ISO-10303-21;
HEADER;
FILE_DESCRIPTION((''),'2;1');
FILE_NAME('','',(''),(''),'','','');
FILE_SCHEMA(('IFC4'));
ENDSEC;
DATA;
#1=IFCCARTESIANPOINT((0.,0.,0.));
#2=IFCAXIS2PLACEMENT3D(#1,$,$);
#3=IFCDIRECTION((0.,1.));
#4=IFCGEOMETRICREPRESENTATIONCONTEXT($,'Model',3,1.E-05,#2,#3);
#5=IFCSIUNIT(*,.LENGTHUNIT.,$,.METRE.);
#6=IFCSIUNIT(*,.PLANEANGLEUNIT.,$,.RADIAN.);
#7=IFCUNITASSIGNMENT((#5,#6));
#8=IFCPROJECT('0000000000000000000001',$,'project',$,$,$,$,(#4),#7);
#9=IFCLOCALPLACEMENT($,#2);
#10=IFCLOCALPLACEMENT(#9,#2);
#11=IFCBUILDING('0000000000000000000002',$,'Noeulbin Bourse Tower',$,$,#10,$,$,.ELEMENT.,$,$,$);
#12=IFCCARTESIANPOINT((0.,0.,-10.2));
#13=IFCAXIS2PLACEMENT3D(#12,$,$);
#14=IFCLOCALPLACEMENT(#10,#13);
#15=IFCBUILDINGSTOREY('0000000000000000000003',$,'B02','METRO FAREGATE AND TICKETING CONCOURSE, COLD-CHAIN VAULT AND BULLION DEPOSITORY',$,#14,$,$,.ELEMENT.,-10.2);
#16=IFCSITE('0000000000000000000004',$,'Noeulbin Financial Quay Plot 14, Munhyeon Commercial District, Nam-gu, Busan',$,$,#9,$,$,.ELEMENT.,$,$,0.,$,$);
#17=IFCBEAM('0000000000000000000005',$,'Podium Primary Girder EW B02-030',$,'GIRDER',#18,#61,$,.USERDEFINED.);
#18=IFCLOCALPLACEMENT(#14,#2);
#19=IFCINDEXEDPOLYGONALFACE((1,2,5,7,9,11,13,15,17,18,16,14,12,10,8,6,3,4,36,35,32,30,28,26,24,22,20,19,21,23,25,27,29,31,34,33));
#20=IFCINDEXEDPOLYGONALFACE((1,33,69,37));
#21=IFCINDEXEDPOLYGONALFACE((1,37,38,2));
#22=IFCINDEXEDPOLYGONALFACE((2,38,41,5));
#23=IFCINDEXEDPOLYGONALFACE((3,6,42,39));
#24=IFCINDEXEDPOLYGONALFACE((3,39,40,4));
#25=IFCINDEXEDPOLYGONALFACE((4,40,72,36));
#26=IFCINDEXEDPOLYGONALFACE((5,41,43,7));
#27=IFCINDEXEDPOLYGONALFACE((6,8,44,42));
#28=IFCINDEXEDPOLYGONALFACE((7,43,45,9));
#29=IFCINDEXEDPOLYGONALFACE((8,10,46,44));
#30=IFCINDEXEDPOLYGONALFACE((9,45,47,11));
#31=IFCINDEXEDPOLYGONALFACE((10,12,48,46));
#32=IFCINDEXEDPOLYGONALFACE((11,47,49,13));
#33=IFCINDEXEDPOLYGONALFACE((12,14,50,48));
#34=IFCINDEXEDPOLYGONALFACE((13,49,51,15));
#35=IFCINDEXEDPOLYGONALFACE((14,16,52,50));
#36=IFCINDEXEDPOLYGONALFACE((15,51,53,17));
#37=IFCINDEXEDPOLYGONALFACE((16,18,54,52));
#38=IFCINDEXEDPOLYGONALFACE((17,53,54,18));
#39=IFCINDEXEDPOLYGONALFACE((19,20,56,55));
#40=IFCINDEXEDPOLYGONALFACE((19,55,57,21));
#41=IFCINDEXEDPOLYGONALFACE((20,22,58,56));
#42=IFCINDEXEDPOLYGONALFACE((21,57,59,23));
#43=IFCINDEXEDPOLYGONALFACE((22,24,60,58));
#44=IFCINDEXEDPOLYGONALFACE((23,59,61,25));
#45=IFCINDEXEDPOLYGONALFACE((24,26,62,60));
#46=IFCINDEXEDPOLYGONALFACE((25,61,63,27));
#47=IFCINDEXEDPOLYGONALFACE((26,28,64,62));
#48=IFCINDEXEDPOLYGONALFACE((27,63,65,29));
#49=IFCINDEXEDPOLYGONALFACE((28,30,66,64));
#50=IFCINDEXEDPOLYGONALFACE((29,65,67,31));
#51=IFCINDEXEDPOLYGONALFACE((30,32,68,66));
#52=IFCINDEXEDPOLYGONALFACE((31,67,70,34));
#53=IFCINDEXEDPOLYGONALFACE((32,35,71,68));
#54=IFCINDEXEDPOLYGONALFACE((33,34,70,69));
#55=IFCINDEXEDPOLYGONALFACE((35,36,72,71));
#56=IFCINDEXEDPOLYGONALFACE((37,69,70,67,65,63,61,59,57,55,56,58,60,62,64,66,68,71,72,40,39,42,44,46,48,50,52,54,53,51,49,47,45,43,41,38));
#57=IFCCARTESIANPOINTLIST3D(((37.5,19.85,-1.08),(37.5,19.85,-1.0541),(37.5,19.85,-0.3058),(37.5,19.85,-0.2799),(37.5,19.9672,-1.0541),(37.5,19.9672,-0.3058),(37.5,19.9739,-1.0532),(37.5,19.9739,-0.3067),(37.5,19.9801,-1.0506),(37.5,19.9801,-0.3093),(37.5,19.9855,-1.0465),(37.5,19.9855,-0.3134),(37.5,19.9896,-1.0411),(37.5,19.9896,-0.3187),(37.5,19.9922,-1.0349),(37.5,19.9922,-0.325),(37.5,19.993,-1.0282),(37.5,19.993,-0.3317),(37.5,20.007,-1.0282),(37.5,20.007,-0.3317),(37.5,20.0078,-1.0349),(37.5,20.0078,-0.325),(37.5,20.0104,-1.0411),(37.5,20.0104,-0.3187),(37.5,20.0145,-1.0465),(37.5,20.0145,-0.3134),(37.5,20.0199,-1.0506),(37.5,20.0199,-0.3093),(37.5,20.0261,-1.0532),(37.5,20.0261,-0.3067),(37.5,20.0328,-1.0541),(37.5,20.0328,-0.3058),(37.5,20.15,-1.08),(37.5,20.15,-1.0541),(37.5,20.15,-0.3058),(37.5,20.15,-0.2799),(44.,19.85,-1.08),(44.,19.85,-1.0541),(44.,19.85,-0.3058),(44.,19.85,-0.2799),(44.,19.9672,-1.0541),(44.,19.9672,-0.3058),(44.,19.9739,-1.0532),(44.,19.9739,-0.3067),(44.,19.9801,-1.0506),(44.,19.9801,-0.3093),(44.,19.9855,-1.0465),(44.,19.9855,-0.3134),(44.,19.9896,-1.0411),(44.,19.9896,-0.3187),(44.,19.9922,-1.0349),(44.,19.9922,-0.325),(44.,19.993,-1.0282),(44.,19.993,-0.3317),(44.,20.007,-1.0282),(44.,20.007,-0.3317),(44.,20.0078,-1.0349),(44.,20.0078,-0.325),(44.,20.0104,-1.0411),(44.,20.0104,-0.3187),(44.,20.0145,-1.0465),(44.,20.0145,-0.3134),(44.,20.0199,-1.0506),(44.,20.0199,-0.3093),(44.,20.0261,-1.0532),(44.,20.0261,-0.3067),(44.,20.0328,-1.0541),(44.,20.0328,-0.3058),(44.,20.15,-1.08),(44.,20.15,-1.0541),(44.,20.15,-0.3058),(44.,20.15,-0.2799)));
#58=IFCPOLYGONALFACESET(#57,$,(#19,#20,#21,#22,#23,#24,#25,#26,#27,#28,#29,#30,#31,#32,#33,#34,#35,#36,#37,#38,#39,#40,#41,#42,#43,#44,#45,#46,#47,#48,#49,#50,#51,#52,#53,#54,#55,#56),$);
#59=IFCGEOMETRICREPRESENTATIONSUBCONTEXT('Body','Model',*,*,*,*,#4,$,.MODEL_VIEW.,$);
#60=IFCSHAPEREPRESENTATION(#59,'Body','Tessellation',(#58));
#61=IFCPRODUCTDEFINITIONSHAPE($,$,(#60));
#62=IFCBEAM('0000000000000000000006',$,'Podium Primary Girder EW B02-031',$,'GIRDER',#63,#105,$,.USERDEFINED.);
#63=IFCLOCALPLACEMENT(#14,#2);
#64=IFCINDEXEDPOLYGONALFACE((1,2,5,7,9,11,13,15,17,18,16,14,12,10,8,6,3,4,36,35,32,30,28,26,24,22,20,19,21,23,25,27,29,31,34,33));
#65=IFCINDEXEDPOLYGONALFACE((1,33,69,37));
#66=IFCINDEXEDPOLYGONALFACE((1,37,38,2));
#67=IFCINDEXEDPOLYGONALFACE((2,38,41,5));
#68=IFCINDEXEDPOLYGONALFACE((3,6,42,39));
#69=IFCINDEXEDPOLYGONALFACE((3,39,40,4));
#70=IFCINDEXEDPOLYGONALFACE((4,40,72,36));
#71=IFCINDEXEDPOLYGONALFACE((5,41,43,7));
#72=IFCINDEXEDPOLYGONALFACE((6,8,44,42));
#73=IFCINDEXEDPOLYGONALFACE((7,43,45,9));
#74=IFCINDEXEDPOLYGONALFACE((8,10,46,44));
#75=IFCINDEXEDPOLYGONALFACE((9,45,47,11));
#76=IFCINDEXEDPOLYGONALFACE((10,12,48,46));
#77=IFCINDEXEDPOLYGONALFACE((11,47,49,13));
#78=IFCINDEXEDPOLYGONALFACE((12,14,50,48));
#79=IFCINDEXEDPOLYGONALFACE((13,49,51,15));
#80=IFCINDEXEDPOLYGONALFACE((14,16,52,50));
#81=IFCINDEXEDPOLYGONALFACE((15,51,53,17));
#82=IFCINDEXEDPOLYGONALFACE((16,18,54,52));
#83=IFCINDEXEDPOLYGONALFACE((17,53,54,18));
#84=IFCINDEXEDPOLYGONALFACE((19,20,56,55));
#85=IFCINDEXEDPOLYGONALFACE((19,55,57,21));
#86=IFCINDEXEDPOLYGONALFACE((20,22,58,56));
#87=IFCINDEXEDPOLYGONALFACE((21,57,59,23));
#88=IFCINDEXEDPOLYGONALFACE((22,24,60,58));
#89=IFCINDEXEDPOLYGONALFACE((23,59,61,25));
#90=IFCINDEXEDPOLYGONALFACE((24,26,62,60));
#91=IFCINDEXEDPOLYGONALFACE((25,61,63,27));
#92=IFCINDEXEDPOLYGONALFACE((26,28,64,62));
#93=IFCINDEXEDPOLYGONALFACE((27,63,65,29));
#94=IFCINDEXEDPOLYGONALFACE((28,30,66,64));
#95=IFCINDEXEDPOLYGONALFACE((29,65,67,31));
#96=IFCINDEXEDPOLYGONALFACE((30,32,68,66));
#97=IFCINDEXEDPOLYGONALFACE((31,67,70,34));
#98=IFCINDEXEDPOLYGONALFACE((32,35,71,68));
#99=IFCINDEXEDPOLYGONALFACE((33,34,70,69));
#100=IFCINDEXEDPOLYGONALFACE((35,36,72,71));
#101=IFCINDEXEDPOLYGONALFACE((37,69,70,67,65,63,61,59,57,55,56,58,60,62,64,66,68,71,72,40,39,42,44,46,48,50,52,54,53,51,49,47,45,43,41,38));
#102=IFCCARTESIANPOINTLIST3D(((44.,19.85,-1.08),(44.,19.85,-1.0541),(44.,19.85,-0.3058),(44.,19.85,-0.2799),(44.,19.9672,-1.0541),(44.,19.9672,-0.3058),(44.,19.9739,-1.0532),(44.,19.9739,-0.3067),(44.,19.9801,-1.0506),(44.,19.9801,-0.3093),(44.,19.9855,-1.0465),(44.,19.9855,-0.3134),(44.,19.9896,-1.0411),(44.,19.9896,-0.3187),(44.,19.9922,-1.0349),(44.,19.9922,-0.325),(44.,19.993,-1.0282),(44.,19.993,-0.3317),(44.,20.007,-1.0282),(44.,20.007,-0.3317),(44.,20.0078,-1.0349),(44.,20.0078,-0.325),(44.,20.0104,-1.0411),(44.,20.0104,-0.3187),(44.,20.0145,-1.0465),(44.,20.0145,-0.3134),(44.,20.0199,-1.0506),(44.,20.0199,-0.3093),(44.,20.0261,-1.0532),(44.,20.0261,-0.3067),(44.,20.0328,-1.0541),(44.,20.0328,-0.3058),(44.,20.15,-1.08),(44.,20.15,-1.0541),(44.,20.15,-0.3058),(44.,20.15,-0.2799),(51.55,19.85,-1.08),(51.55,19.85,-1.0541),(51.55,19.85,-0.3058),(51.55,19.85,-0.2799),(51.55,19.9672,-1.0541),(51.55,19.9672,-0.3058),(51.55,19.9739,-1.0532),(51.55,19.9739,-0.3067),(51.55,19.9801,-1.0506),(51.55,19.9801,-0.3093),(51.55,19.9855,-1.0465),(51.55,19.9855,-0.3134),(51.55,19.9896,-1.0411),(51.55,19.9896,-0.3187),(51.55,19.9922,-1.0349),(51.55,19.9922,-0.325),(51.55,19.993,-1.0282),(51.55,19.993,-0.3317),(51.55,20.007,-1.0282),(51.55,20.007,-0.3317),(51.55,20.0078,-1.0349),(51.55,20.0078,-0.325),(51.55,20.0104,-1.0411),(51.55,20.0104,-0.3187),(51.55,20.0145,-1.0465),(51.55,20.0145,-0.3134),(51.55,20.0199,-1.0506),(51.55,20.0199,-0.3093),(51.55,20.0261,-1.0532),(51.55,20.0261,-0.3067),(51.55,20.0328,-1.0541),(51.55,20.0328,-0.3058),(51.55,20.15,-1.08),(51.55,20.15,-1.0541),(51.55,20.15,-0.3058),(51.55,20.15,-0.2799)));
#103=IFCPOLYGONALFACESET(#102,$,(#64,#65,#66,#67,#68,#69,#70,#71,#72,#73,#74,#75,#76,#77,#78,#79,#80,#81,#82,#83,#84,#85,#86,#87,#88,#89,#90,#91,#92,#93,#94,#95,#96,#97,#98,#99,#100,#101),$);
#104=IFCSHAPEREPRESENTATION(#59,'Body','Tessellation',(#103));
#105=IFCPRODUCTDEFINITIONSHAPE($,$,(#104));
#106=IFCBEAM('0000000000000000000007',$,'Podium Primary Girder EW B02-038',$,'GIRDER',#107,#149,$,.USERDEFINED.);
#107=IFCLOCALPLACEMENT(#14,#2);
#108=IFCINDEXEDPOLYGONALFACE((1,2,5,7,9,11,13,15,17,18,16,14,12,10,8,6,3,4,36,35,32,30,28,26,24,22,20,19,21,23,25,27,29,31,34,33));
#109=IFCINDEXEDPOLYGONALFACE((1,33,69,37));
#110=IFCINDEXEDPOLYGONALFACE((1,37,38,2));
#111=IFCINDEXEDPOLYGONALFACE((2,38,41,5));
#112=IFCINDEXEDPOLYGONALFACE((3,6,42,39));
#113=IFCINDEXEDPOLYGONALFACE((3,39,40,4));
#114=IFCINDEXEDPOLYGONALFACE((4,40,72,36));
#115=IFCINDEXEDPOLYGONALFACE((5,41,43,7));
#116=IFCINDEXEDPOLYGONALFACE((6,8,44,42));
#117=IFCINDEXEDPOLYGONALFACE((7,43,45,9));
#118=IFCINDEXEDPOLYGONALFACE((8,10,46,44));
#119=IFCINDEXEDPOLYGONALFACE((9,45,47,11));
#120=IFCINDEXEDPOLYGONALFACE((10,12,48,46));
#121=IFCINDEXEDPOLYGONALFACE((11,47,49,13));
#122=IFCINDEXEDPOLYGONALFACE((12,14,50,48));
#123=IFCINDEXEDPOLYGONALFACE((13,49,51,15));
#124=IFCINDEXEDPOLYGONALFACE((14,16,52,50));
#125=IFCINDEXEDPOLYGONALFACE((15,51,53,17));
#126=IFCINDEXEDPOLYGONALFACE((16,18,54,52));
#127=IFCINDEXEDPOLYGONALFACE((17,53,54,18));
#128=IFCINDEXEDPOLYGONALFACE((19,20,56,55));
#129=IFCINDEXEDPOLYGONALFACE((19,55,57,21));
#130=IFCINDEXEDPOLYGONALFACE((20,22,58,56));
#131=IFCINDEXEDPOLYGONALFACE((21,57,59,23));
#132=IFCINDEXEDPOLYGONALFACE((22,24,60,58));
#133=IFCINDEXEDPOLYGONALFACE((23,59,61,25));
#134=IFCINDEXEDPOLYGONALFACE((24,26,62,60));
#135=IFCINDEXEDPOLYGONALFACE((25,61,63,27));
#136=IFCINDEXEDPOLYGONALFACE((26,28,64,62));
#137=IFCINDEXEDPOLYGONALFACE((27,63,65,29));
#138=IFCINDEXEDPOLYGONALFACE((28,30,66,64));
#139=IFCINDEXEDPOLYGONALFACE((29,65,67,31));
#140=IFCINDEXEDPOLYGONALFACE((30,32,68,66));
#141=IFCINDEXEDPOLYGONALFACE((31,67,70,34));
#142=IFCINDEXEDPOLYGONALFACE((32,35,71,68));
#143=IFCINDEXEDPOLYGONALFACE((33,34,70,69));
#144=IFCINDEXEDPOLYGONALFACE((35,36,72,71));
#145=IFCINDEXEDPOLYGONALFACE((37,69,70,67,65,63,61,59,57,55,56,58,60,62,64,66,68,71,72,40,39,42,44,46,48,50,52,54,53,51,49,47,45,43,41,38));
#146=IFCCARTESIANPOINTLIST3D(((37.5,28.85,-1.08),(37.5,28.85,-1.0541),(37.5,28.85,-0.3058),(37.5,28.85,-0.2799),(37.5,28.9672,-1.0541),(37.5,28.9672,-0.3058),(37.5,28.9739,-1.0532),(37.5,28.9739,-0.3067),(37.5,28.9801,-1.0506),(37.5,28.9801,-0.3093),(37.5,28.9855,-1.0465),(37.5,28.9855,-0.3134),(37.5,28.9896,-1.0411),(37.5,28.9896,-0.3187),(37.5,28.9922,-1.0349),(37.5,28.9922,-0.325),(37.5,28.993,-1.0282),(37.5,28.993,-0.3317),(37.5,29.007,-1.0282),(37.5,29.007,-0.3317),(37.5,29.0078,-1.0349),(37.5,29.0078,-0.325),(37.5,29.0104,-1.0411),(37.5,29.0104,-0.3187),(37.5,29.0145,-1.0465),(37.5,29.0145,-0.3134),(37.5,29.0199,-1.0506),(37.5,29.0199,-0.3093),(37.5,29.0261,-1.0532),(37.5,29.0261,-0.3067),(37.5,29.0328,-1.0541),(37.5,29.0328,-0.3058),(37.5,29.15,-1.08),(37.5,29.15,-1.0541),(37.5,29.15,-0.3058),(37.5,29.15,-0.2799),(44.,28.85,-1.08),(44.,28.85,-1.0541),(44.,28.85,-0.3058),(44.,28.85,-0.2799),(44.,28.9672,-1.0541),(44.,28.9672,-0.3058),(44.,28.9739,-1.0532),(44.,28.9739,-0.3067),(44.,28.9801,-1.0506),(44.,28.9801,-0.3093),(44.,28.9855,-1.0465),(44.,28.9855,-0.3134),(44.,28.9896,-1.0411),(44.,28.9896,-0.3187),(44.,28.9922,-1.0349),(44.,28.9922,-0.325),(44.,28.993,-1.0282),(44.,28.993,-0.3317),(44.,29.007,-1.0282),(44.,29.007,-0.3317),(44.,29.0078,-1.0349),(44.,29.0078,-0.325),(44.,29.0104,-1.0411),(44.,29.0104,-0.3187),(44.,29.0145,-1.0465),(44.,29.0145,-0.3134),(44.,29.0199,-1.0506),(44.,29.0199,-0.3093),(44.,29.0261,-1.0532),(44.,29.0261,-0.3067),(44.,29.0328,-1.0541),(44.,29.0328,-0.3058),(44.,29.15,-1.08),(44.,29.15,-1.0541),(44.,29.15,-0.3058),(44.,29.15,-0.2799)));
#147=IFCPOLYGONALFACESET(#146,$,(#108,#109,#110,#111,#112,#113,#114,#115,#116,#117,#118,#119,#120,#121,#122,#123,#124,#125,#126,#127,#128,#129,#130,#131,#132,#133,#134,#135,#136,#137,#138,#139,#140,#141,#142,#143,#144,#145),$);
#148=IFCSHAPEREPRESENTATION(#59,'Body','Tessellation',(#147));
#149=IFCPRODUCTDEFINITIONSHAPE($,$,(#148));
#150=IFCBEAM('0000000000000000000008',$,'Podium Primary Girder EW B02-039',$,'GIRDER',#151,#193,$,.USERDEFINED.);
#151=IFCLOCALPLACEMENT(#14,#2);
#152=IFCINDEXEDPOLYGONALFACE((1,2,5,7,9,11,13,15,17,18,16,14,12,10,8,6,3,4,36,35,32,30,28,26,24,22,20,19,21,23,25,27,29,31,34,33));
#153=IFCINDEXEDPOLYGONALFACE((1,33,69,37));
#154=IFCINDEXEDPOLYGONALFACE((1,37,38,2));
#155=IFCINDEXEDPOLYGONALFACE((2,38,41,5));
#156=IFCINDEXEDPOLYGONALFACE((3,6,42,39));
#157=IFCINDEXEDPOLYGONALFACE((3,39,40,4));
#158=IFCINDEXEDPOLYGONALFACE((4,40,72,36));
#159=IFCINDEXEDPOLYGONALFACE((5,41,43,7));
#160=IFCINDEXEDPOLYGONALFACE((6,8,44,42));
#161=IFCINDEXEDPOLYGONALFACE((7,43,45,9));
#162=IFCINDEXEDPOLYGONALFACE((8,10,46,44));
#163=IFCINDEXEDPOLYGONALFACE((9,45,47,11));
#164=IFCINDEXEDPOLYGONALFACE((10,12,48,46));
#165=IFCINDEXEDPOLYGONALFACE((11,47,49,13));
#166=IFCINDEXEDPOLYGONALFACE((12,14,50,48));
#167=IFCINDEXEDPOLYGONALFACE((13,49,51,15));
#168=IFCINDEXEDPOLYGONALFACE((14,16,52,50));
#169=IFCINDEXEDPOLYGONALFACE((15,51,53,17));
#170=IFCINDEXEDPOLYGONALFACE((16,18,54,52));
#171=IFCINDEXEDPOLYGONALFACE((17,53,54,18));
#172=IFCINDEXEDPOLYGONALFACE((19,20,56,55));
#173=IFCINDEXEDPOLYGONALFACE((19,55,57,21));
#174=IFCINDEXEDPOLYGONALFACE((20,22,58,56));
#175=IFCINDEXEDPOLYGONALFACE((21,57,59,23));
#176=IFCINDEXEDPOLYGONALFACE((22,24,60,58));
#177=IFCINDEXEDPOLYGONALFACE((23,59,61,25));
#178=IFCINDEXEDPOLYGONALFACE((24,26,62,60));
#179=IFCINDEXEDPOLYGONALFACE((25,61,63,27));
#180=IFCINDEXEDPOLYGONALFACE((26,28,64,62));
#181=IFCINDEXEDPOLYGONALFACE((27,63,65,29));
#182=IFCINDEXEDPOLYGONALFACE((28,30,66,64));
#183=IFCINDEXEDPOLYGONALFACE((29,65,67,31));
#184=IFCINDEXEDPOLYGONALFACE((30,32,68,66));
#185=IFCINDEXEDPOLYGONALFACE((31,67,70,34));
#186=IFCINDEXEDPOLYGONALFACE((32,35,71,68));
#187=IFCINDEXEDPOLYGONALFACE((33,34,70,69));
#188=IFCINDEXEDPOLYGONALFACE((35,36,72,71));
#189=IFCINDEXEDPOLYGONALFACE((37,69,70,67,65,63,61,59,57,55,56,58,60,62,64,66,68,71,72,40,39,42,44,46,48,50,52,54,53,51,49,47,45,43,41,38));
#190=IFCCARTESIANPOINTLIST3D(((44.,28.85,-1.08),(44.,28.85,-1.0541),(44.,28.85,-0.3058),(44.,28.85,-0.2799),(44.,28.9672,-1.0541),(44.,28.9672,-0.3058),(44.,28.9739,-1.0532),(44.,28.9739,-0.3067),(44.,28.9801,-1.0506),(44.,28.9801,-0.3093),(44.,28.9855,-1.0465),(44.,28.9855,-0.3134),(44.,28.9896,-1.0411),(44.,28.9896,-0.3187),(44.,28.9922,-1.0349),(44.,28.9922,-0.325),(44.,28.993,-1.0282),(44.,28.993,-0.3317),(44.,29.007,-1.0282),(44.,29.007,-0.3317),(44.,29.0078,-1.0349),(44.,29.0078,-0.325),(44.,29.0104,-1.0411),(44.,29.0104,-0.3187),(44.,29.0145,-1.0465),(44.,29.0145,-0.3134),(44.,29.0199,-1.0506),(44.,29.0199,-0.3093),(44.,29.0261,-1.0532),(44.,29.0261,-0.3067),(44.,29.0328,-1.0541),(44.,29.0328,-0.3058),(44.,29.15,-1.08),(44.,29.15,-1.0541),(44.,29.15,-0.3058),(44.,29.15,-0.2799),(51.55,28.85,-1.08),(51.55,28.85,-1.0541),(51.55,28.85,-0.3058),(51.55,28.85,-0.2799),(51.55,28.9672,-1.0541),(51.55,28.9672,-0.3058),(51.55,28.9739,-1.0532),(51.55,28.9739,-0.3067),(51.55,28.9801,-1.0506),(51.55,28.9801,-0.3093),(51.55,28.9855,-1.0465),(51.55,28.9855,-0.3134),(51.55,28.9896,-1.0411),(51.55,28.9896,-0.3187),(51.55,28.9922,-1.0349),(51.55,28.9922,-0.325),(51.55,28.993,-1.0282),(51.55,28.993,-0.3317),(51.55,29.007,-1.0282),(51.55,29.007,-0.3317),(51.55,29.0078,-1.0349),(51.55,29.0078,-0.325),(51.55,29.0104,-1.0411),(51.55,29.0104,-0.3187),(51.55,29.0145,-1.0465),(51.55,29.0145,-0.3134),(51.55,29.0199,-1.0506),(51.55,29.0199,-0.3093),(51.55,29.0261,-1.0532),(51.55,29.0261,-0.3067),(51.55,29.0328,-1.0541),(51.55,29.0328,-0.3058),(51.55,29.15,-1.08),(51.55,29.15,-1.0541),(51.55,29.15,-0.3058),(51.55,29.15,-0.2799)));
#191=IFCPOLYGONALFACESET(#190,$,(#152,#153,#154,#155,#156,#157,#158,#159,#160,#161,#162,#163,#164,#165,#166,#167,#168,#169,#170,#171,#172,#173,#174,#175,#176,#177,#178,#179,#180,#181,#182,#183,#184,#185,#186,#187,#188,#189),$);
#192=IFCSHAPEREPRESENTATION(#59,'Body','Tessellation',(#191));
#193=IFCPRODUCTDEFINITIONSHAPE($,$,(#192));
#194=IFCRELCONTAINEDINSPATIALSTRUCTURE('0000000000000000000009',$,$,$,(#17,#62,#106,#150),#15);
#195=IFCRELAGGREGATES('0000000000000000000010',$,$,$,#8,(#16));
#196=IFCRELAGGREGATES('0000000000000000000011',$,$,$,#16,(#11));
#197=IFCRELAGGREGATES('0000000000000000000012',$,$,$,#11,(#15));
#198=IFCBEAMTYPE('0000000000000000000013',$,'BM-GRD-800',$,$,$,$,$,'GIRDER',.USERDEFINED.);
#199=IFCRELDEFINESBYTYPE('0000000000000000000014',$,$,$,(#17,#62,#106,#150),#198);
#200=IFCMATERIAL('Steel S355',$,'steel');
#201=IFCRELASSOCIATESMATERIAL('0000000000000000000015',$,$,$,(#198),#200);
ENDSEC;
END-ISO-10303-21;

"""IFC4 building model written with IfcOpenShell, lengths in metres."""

from ifc_helpers import new_model, si_unit, direction, frame, origin, origin_2d, place, context, subcontext, project, spatial, i_section, extrude, material, material_profile, profile_set, type_object, element, save


model = new_model("IFC4")

# Units and contexts
model_context = context("Model", 3, precision=1e-05, world=origin(), true_north=direction((0.0, 1.0)))
body_context = subcontext(model_context, "Body", "Model", "MODEL_VIEW")
ifc_project = project(units=[si_unit("LENGTHUNIT", "METRE"), si_unit("PLANEANGLEUNIT", "RADIAN")], contexts=[model_context])

# Site, building, storey
site_placement = place(None, origin())
site = spatial("IfcSite", under=ifc_project, at=site_placement, Name="Noeulbin Financial Quay Plot 14, Munhyeon Commercial District, Nam-gu, Busan", CompositionType="ELEMENT", RefElevation=0.0)
building_placement = place(site_placement, origin())
building = spatial("IfcBuilding", under=site, at=building_placement, Name="Noeulbin Bourse Tower", CompositionType="ELEMENT")
storey_placement = place(building_placement, frame((0.0, 0.0, -10.2)))
storey = spatial("IfcBuildingStorey", under=building, at=storey_placement, Name="B02", Description="METRO FAREGATE AND TICKETING CONCOURSE, COLD-CHAIN VAULT AND BULLION DEPOSITORY", CompositionType="ELEMENT", Elevation=-10.2)

# Beams
ifc_material_1 = material(Name="Steel S355", Category="steel")
ifc_material_profile_1 = material_profile(ifc_material_1, i_section(OverallWidth=0.3, OverallDepth=0.8, WebThickness=0.0139, FlangeThickness=0.0259, FilletRadius=0.0259, at=origin_2d()), Name="H-800x300x14x26", Category="LoadBearing")
ifc_profile_set_1 = profile_set([ifc_material_profile_1], Name="Steel S355")
beam_type_1 = type_object("IfcBeamType", Name="BM-GRD-800", ElementType="GIRDER", PredefinedType="USERDEFINED", material=ifc_profile_set_1)
beam_1_placement = place(storey_placement, frame((37.5, 20.0, -0.6799), z_axis=(1.0, 0.0, 0.0), x_axis=(0.0, 1.0, 0.0)))
element("IfcBeam", 1, at=beam_1_placement, inside=storey, type_object=beam_type_1, Name="Podium Primary Girder EW B02-030", ObjectType="GIRDER", PredefinedType="USERDEFINED", context=body_context, shape_type="SweptSolid", body=[
    extrude(i_section(OverallWidth=0.3, OverallDepth=0.8, WebThickness=0.0139, FlangeThickness=0.0259, FilletRadius=0.0259, at=origin_2d()), origin(), (0.0, 0.0, 1.0), 6.5),
])
beam_2_placement = place(storey_placement, frame((44.0, 20.0, -0.6799), z_axis=(1.0, 0.0, 0.0), x_axis=(0.0, 1.0, 0.0)))
element("IfcBeam", 2, at=beam_2_placement, inside=storey, type_object=beam_type_1, Name="Podium Primary Girder EW B02-031", ObjectType="GIRDER", PredefinedType="USERDEFINED", context=body_context, shape_type="SweptSolid", body=[
    extrude(i_section(OverallWidth=0.3, OverallDepth=0.8, WebThickness=0.0139, FlangeThickness=0.0259, FilletRadius=0.0259, at=origin_2d()), origin(), (0.0, 0.0, 1.0), 7.55),
])
beam_3_placement = place(storey_placement, frame((37.5, 29.0, -0.6799), z_axis=(1.0, 0.0, 0.0), x_axis=(0.0, 1.0, 0.0)))
element("IfcBeam", 3, at=beam_3_placement, inside=storey, type_object=beam_type_1, Name="Podium Primary Girder EW B02-038", ObjectType="GIRDER", PredefinedType="USERDEFINED", context=body_context, shape_type="SweptSolid", body=[
    extrude(i_section(OverallWidth=0.3, OverallDepth=0.8, WebThickness=0.0139, FlangeThickness=0.0259, FilletRadius=0.0259, at=origin_2d()), origin(), (0.0, 0.0, 1.0), 6.5),
])
beam_4_placement = place(storey_placement, frame((44.0, 29.0, -0.6799), z_axis=(1.0, 0.0, 0.0), x_axis=(0.0, 1.0, 0.0)))
element("IfcBeam", 4, at=beam_4_placement, inside=storey, type_object=beam_type_1, Name="Podium Primary Girder EW B02-039", ObjectType="GIRDER", PredefinedType="USERDEFINED", context=body_context, shape_type="SweptSolid", body=[
    extrude(i_section(OverallWidth=0.3, OverallDepth=0.8, WebThickness=0.0139, FlangeThickness=0.0259, FilletRadius=0.0259, at=origin_2d()), origin(), (0.0, 0.0, 1.0), 7.55),
])

save(model, "model.ifc")
